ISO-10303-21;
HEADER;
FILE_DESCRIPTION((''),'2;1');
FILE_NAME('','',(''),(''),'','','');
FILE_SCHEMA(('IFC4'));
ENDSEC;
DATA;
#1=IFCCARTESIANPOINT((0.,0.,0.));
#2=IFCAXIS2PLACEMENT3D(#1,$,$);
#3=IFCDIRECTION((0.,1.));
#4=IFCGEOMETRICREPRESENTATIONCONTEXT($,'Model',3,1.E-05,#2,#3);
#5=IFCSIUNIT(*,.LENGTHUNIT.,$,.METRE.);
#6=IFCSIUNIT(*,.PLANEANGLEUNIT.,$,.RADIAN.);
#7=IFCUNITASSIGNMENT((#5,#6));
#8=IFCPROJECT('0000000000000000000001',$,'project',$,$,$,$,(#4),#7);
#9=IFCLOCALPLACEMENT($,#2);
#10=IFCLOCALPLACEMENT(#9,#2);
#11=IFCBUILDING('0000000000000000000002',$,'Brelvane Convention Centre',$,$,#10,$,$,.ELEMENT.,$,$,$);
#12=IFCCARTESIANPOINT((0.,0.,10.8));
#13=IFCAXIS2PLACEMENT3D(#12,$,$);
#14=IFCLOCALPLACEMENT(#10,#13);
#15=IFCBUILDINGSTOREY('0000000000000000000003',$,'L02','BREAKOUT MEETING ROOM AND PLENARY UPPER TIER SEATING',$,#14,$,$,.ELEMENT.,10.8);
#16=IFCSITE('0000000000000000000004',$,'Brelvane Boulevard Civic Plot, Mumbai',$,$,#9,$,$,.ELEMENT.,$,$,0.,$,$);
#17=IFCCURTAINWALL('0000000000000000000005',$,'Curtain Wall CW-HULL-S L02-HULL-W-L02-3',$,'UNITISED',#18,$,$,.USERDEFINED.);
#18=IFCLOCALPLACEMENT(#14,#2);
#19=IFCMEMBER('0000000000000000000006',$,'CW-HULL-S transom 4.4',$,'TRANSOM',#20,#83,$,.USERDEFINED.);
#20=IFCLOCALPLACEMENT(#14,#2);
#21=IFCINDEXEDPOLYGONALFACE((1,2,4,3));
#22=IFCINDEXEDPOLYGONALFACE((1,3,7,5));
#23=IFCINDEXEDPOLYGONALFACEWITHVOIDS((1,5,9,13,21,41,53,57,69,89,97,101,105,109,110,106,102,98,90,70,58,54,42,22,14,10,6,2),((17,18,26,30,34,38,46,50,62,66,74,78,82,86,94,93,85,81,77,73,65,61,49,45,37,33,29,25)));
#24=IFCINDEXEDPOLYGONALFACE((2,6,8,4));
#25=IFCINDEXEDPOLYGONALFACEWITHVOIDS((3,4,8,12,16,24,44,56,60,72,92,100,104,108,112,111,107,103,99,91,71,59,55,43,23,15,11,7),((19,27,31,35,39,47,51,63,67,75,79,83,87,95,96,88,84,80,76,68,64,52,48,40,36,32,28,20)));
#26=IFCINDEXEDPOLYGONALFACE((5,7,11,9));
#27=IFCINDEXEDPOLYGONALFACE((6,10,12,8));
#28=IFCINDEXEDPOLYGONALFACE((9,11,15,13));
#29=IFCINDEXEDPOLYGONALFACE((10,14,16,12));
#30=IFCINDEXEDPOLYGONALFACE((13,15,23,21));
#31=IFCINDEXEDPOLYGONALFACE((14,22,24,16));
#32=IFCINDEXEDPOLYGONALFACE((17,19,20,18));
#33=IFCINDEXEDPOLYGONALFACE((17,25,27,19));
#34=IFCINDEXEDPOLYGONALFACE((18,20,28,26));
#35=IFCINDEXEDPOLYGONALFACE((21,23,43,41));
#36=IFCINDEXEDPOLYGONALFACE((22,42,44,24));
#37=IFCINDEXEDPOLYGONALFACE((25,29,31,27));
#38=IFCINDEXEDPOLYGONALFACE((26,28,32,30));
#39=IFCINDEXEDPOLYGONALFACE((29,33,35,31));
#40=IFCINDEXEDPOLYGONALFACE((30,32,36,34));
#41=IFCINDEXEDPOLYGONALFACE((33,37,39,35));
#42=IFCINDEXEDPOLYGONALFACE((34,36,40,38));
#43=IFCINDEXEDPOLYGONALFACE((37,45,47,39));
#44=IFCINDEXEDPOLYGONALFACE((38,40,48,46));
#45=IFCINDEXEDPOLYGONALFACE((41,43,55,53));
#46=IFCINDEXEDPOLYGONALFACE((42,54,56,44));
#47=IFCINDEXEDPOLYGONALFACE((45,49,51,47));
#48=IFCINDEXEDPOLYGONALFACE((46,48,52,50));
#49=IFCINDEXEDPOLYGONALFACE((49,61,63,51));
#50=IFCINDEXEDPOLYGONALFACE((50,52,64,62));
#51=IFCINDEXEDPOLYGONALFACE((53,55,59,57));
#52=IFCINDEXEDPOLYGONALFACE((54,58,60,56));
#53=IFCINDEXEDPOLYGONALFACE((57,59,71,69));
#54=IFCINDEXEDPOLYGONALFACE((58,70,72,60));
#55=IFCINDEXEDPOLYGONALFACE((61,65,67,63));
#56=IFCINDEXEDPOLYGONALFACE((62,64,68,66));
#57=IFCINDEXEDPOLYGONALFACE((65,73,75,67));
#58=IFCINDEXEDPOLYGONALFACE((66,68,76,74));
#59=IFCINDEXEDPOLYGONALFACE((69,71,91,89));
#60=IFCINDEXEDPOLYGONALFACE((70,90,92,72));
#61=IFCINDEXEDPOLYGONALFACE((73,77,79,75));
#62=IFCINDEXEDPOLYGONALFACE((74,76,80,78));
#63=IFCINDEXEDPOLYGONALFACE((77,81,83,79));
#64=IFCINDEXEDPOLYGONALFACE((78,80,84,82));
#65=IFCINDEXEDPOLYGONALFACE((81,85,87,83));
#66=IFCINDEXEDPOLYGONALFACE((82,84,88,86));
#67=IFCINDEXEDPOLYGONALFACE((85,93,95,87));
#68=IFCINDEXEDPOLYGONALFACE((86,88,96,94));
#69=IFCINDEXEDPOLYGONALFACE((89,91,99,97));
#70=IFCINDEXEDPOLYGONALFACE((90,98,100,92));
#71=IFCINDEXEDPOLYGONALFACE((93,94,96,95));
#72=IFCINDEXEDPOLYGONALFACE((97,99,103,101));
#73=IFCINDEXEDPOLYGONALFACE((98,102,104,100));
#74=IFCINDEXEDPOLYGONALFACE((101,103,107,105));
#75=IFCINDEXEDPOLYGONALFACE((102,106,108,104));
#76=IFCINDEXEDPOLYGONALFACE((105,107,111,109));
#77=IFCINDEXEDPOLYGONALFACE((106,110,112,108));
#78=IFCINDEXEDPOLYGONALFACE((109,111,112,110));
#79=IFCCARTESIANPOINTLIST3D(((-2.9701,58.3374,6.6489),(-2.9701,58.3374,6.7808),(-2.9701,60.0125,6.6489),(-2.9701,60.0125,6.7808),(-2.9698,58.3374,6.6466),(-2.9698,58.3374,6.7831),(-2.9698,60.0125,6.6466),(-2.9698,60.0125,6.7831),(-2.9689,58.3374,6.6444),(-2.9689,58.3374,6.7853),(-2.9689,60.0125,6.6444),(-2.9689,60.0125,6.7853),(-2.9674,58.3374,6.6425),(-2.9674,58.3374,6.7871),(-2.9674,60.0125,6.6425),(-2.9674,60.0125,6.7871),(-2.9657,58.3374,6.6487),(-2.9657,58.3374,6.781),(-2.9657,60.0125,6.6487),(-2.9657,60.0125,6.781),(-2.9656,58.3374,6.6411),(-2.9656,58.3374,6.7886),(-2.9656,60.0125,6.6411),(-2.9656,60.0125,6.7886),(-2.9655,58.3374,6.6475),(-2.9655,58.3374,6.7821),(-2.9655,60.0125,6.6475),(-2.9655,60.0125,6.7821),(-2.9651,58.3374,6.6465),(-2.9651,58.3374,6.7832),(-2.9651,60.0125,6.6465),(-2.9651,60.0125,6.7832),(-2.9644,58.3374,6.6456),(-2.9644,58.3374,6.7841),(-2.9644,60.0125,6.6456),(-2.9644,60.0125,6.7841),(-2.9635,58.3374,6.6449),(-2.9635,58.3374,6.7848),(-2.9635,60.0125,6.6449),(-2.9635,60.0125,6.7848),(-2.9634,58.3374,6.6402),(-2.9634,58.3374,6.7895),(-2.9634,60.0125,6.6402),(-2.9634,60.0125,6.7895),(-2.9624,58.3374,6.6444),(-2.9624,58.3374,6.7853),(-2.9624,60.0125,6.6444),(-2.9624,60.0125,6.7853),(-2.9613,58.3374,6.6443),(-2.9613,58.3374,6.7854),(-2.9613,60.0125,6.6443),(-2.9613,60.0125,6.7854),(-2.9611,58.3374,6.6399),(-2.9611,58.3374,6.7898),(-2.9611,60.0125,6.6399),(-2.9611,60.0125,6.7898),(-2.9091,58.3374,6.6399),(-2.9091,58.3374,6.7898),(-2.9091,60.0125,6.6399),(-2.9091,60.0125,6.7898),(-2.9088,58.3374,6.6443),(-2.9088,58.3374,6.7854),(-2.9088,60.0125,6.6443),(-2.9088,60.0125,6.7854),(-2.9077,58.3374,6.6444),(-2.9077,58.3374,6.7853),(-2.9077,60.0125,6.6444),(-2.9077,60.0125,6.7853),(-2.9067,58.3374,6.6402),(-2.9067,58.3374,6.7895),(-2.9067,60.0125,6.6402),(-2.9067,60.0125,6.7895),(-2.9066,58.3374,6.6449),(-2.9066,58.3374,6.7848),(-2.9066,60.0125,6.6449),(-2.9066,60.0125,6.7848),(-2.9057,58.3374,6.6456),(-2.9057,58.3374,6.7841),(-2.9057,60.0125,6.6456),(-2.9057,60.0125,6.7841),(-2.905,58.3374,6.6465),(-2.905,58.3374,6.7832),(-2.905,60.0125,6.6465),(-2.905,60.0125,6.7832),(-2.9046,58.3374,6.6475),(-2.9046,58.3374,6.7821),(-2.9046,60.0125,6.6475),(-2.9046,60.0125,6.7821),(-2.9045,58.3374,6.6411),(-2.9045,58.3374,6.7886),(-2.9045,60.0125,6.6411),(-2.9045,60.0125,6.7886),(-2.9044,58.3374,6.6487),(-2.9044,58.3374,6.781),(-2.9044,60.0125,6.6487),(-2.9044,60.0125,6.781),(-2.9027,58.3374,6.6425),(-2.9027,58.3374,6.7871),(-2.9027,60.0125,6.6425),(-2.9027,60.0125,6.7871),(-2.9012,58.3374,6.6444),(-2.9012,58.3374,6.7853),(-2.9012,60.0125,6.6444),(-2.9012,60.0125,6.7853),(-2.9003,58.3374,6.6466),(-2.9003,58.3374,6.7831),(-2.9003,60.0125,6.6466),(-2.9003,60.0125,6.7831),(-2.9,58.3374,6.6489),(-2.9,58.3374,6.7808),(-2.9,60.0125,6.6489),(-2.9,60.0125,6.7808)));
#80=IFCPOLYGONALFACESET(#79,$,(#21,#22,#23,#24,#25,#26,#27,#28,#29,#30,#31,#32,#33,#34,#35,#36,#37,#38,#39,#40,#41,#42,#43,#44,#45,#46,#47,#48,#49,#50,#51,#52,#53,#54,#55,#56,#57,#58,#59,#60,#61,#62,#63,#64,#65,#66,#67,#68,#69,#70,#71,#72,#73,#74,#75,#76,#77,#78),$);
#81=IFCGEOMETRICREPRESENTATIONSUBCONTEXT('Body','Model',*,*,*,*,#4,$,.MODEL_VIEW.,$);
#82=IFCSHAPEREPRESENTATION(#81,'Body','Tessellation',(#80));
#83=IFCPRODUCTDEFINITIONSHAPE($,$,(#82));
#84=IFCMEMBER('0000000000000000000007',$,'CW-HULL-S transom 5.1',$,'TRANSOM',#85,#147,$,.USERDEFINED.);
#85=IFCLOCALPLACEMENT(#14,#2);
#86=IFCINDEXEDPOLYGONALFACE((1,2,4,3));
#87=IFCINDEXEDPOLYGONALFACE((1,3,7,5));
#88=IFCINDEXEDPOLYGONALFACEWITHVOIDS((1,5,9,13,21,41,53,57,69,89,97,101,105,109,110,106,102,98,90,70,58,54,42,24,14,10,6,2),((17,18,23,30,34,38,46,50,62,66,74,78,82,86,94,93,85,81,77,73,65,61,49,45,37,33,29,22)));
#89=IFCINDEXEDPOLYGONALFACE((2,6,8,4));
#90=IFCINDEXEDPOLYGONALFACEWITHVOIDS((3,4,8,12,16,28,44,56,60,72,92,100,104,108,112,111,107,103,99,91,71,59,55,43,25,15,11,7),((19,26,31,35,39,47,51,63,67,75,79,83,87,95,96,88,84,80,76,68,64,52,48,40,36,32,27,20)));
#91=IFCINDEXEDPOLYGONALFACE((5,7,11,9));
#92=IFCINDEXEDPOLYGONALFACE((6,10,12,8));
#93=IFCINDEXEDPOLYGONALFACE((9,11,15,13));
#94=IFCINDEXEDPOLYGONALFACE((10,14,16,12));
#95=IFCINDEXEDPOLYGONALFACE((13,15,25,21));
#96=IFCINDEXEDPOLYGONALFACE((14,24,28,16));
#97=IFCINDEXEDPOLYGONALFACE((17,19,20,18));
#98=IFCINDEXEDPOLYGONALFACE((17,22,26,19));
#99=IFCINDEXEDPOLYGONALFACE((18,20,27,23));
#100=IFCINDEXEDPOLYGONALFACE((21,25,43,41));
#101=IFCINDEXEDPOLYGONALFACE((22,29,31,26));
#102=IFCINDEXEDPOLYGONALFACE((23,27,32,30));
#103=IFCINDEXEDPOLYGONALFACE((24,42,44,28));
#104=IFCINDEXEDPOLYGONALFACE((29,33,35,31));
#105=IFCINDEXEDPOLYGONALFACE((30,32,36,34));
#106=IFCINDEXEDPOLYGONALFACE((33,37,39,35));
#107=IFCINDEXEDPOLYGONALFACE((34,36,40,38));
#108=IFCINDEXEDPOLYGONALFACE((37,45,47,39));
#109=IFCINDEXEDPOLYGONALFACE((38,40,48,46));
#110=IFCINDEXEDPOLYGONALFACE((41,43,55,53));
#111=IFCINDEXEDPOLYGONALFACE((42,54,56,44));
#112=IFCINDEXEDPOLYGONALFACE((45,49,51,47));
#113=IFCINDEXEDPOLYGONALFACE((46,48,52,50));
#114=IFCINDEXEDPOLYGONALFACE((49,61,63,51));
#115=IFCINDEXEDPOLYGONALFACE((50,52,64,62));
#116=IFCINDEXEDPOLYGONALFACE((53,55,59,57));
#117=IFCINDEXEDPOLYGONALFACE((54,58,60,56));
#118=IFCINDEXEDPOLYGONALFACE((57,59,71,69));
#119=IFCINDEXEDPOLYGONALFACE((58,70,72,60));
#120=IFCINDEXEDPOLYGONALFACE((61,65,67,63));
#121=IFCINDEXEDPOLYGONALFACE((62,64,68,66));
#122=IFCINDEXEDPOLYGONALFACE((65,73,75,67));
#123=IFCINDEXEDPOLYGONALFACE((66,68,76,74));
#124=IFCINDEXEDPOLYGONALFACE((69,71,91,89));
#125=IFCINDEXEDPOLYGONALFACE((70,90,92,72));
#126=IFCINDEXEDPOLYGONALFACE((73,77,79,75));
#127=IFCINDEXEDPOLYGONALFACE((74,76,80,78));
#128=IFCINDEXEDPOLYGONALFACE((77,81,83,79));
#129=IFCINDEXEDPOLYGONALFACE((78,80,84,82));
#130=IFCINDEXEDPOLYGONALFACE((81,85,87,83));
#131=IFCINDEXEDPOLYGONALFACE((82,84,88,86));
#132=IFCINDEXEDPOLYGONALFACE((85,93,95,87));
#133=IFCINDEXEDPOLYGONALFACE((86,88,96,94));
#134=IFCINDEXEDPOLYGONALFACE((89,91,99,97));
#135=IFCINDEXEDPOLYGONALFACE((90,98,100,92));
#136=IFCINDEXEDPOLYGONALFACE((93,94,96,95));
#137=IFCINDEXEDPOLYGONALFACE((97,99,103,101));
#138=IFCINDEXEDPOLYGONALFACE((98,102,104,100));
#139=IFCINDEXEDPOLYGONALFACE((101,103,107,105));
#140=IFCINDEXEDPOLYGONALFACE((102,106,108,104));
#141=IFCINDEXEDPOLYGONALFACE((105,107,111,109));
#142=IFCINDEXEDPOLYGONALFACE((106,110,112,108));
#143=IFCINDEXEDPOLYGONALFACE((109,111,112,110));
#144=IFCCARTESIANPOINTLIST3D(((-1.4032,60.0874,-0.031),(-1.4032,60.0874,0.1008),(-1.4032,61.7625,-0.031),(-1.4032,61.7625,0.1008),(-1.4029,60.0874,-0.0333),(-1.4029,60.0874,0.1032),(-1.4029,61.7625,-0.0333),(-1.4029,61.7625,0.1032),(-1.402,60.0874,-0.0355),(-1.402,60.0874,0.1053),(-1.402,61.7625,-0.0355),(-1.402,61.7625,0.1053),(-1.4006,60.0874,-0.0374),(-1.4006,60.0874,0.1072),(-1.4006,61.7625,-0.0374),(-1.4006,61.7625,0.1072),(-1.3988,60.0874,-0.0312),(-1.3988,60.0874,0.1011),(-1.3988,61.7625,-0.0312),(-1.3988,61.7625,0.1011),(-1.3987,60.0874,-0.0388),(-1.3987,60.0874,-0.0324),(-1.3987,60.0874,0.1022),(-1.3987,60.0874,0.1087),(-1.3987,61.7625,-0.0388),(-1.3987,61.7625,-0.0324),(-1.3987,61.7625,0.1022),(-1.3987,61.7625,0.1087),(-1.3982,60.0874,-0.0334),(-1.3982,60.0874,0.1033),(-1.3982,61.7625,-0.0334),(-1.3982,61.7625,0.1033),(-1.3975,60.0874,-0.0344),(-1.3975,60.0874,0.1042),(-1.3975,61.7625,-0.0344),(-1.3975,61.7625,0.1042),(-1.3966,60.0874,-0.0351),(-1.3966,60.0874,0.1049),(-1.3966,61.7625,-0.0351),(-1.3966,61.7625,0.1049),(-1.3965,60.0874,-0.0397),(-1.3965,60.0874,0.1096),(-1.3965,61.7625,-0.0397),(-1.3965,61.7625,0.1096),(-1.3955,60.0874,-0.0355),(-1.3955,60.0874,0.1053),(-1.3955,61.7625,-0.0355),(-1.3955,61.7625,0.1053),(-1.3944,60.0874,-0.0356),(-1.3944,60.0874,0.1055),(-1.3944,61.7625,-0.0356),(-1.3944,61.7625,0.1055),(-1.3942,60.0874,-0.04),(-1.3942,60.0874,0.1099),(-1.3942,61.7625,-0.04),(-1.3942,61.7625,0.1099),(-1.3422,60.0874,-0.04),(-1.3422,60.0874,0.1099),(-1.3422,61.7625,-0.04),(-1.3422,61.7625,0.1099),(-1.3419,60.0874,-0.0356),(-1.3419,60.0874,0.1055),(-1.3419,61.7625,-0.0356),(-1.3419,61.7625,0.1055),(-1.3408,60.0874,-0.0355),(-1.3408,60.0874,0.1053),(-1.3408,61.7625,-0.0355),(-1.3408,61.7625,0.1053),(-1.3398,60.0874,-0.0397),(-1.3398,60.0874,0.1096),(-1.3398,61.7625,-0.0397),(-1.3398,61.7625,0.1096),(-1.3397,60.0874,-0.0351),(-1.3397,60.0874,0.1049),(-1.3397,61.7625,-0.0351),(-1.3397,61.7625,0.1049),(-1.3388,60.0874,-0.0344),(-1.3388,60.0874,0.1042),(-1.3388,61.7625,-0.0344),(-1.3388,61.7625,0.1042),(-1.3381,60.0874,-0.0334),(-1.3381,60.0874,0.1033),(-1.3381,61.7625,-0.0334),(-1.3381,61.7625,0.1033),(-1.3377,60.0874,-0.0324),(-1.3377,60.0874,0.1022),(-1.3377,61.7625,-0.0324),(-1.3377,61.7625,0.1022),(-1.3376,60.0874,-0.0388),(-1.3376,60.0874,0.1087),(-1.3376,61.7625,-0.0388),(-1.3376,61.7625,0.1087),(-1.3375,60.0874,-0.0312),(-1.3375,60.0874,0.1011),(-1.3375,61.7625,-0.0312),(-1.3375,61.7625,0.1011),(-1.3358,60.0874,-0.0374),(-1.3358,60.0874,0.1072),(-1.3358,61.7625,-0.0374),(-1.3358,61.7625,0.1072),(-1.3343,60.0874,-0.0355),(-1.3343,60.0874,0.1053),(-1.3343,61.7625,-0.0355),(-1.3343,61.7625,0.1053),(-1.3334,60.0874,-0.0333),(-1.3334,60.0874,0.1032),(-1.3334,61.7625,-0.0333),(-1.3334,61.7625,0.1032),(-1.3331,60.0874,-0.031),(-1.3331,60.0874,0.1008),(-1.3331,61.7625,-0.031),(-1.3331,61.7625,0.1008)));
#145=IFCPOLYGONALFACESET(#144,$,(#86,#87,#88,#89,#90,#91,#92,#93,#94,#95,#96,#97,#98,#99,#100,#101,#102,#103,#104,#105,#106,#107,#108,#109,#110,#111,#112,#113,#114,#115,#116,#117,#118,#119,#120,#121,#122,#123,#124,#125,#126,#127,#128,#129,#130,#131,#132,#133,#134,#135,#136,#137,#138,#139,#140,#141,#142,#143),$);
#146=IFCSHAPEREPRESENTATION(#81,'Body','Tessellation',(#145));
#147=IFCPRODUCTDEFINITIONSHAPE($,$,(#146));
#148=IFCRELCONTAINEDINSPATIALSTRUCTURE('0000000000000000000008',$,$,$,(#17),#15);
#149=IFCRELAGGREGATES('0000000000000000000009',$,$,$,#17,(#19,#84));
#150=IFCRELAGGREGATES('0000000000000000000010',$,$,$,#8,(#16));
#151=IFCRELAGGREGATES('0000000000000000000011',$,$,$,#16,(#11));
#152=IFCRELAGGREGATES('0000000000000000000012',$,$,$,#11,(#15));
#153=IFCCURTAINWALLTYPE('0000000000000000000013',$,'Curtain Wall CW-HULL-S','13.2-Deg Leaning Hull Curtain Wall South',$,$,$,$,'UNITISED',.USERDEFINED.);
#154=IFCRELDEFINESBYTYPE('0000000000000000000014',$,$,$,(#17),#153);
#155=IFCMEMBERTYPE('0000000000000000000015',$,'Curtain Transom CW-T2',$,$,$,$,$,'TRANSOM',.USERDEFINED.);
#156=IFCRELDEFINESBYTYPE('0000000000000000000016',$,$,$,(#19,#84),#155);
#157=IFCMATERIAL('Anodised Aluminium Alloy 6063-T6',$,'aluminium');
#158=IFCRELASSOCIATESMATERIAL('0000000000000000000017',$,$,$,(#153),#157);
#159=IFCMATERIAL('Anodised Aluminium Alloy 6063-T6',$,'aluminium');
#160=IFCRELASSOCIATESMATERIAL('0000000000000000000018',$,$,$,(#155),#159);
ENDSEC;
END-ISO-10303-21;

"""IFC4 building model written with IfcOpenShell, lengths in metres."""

from ifc_helpers import new_model, si_unit, direction, frame, origin, origin_2d, place, context, subcontext, project, spatial, hollow_rectangle, extrude, material, material_profile, profile_set, type_object, element, aggregate, save


model = new_model("IFC4")

# Units and contexts
model_context = context("Model", 3, precision=1e-05, world=origin(), true_north=direction((0.0, 1.0)))
body_context = subcontext(model_context, "Body", "Model", "MODEL_VIEW")
ifc_project = project(units=[si_unit("LENGTHUNIT", "METRE"), si_unit("PLANEANGLEUNIT", "RADIAN")], contexts=[model_context])

# Site, building, storey
site_placement = place(None, origin())
site = spatial("IfcSite", under=ifc_project, at=site_placement, Name="Brelvane Boulevard Civic Plot, Mumbai", CompositionType="ELEMENT", RefElevation=0.0)
building_placement = place(site_placement, origin())
building = spatial("IfcBuilding", under=site, at=building_placement, Name="Brelvane Convention Centre", CompositionType="ELEMENT")
storey_placement = place(building_placement, frame((0.0, 0.0, 10.8)))
storey = spatial("IfcBuildingStorey", under=building, at=storey_placement, Name="L02", Description="BREAKOUT MEETING ROOM AND PLENARY UPPER TIER SEATING", CompositionType="ELEMENT", Elevation=10.8)

# Curtain wall, members
ifc_material_1 = material(Name="Anodised Aluminium Alloy 6063-T6", Category="aluminium")
curtain_wall_type = type_object("IfcCurtainWallType", Name="Curtain Wall CW-HULL-S", Description="13.2-Deg Leaning Hull Curtain Wall South", ElementType="UNITISED", PredefinedType="USERDEFINED", material=ifc_material_1)
curtain_wall_placement = place(storey_placement, origin())
curtain_wall = element("IfcCurtainWall", 1, at=curtain_wall_placement, inside=storey, type_object=curtain_wall_type, Name="Curtain Wall CW-HULL-S L02-HULL-W-L02-3", ObjectType="UNITISED", PredefinedType="USERDEFINED")
ifc_material_2 = material(Name="Anodised Aluminium Alloy 6063-T6", Category="aluminium")
ifc_material_profile_1 = material_profile(ifc_material_2, hollow_rectangle(XDim=0.0701, YDim=0.1499, WallThickness=0.0044, InnerFilletRadius=0.0044, OuterFilletRadius=0.009, at=origin_2d()), Name="ALU-T 150x70x4.5")
ifc_profile_set_1 = profile_set([ifc_material_profile_1], Name="Anodised Aluminium Alloy 6063-T6")
member_type_1 = type_object("IfcMemberType", Name="Curtain Transom CW-T2", ElementType="TRANSOM", PredefinedType="USERDEFINED", material=ifc_profile_set_1)
member_1_placement = place(storey_placement, frame((-2.9351, 58.3374, 6.7148), z_axis=(0.0, 1.0, 0.0), x_axis=(-1.0, 0.0, 0.0)))
member_1 = element("IfcMember", 2, at=member_1_placement, type_object=member_type_1, Name="CW-HULL-S transom 4.4", ObjectType="TRANSOM", PredefinedType="USERDEFINED", context=body_context, shape_type="SweptSolid", body=[
    extrude(hollow_rectangle(XDim=0.0701, YDim=0.1499, WallThickness=0.0044, InnerFilletRadius=0.0044, OuterFilletRadius=0.009, at=origin_2d()), origin(), (0.0, 0.0, 1.0), 1.675),
])
member_2_placement = place(storey_placement, frame((-1.3682, 60.0874, 0.0349), z_axis=(0.0, 1.0, 0.0), x_axis=(-1.0, 0.0, 0.0)))
member_2 = element("IfcMember", 3, at=member_2_placement, type_object=member_type_1, Name="CW-HULL-S transom 5.1", ObjectType="TRANSOM", PredefinedType="USERDEFINED", context=body_context, shape_type="SweptSolid", body=[
    extrude(hollow_rectangle(XDim=0.0701, YDim=0.1499, WallThickness=0.0044, InnerFilletRadius=0.0044, OuterFilletRadius=0.009, at=origin_2d()), origin(), (0.0, 0.0, 1.0), 1.675),
])
aggregate(curtain_wall, [member_1, member_2])

save(model, "model.ifc")
